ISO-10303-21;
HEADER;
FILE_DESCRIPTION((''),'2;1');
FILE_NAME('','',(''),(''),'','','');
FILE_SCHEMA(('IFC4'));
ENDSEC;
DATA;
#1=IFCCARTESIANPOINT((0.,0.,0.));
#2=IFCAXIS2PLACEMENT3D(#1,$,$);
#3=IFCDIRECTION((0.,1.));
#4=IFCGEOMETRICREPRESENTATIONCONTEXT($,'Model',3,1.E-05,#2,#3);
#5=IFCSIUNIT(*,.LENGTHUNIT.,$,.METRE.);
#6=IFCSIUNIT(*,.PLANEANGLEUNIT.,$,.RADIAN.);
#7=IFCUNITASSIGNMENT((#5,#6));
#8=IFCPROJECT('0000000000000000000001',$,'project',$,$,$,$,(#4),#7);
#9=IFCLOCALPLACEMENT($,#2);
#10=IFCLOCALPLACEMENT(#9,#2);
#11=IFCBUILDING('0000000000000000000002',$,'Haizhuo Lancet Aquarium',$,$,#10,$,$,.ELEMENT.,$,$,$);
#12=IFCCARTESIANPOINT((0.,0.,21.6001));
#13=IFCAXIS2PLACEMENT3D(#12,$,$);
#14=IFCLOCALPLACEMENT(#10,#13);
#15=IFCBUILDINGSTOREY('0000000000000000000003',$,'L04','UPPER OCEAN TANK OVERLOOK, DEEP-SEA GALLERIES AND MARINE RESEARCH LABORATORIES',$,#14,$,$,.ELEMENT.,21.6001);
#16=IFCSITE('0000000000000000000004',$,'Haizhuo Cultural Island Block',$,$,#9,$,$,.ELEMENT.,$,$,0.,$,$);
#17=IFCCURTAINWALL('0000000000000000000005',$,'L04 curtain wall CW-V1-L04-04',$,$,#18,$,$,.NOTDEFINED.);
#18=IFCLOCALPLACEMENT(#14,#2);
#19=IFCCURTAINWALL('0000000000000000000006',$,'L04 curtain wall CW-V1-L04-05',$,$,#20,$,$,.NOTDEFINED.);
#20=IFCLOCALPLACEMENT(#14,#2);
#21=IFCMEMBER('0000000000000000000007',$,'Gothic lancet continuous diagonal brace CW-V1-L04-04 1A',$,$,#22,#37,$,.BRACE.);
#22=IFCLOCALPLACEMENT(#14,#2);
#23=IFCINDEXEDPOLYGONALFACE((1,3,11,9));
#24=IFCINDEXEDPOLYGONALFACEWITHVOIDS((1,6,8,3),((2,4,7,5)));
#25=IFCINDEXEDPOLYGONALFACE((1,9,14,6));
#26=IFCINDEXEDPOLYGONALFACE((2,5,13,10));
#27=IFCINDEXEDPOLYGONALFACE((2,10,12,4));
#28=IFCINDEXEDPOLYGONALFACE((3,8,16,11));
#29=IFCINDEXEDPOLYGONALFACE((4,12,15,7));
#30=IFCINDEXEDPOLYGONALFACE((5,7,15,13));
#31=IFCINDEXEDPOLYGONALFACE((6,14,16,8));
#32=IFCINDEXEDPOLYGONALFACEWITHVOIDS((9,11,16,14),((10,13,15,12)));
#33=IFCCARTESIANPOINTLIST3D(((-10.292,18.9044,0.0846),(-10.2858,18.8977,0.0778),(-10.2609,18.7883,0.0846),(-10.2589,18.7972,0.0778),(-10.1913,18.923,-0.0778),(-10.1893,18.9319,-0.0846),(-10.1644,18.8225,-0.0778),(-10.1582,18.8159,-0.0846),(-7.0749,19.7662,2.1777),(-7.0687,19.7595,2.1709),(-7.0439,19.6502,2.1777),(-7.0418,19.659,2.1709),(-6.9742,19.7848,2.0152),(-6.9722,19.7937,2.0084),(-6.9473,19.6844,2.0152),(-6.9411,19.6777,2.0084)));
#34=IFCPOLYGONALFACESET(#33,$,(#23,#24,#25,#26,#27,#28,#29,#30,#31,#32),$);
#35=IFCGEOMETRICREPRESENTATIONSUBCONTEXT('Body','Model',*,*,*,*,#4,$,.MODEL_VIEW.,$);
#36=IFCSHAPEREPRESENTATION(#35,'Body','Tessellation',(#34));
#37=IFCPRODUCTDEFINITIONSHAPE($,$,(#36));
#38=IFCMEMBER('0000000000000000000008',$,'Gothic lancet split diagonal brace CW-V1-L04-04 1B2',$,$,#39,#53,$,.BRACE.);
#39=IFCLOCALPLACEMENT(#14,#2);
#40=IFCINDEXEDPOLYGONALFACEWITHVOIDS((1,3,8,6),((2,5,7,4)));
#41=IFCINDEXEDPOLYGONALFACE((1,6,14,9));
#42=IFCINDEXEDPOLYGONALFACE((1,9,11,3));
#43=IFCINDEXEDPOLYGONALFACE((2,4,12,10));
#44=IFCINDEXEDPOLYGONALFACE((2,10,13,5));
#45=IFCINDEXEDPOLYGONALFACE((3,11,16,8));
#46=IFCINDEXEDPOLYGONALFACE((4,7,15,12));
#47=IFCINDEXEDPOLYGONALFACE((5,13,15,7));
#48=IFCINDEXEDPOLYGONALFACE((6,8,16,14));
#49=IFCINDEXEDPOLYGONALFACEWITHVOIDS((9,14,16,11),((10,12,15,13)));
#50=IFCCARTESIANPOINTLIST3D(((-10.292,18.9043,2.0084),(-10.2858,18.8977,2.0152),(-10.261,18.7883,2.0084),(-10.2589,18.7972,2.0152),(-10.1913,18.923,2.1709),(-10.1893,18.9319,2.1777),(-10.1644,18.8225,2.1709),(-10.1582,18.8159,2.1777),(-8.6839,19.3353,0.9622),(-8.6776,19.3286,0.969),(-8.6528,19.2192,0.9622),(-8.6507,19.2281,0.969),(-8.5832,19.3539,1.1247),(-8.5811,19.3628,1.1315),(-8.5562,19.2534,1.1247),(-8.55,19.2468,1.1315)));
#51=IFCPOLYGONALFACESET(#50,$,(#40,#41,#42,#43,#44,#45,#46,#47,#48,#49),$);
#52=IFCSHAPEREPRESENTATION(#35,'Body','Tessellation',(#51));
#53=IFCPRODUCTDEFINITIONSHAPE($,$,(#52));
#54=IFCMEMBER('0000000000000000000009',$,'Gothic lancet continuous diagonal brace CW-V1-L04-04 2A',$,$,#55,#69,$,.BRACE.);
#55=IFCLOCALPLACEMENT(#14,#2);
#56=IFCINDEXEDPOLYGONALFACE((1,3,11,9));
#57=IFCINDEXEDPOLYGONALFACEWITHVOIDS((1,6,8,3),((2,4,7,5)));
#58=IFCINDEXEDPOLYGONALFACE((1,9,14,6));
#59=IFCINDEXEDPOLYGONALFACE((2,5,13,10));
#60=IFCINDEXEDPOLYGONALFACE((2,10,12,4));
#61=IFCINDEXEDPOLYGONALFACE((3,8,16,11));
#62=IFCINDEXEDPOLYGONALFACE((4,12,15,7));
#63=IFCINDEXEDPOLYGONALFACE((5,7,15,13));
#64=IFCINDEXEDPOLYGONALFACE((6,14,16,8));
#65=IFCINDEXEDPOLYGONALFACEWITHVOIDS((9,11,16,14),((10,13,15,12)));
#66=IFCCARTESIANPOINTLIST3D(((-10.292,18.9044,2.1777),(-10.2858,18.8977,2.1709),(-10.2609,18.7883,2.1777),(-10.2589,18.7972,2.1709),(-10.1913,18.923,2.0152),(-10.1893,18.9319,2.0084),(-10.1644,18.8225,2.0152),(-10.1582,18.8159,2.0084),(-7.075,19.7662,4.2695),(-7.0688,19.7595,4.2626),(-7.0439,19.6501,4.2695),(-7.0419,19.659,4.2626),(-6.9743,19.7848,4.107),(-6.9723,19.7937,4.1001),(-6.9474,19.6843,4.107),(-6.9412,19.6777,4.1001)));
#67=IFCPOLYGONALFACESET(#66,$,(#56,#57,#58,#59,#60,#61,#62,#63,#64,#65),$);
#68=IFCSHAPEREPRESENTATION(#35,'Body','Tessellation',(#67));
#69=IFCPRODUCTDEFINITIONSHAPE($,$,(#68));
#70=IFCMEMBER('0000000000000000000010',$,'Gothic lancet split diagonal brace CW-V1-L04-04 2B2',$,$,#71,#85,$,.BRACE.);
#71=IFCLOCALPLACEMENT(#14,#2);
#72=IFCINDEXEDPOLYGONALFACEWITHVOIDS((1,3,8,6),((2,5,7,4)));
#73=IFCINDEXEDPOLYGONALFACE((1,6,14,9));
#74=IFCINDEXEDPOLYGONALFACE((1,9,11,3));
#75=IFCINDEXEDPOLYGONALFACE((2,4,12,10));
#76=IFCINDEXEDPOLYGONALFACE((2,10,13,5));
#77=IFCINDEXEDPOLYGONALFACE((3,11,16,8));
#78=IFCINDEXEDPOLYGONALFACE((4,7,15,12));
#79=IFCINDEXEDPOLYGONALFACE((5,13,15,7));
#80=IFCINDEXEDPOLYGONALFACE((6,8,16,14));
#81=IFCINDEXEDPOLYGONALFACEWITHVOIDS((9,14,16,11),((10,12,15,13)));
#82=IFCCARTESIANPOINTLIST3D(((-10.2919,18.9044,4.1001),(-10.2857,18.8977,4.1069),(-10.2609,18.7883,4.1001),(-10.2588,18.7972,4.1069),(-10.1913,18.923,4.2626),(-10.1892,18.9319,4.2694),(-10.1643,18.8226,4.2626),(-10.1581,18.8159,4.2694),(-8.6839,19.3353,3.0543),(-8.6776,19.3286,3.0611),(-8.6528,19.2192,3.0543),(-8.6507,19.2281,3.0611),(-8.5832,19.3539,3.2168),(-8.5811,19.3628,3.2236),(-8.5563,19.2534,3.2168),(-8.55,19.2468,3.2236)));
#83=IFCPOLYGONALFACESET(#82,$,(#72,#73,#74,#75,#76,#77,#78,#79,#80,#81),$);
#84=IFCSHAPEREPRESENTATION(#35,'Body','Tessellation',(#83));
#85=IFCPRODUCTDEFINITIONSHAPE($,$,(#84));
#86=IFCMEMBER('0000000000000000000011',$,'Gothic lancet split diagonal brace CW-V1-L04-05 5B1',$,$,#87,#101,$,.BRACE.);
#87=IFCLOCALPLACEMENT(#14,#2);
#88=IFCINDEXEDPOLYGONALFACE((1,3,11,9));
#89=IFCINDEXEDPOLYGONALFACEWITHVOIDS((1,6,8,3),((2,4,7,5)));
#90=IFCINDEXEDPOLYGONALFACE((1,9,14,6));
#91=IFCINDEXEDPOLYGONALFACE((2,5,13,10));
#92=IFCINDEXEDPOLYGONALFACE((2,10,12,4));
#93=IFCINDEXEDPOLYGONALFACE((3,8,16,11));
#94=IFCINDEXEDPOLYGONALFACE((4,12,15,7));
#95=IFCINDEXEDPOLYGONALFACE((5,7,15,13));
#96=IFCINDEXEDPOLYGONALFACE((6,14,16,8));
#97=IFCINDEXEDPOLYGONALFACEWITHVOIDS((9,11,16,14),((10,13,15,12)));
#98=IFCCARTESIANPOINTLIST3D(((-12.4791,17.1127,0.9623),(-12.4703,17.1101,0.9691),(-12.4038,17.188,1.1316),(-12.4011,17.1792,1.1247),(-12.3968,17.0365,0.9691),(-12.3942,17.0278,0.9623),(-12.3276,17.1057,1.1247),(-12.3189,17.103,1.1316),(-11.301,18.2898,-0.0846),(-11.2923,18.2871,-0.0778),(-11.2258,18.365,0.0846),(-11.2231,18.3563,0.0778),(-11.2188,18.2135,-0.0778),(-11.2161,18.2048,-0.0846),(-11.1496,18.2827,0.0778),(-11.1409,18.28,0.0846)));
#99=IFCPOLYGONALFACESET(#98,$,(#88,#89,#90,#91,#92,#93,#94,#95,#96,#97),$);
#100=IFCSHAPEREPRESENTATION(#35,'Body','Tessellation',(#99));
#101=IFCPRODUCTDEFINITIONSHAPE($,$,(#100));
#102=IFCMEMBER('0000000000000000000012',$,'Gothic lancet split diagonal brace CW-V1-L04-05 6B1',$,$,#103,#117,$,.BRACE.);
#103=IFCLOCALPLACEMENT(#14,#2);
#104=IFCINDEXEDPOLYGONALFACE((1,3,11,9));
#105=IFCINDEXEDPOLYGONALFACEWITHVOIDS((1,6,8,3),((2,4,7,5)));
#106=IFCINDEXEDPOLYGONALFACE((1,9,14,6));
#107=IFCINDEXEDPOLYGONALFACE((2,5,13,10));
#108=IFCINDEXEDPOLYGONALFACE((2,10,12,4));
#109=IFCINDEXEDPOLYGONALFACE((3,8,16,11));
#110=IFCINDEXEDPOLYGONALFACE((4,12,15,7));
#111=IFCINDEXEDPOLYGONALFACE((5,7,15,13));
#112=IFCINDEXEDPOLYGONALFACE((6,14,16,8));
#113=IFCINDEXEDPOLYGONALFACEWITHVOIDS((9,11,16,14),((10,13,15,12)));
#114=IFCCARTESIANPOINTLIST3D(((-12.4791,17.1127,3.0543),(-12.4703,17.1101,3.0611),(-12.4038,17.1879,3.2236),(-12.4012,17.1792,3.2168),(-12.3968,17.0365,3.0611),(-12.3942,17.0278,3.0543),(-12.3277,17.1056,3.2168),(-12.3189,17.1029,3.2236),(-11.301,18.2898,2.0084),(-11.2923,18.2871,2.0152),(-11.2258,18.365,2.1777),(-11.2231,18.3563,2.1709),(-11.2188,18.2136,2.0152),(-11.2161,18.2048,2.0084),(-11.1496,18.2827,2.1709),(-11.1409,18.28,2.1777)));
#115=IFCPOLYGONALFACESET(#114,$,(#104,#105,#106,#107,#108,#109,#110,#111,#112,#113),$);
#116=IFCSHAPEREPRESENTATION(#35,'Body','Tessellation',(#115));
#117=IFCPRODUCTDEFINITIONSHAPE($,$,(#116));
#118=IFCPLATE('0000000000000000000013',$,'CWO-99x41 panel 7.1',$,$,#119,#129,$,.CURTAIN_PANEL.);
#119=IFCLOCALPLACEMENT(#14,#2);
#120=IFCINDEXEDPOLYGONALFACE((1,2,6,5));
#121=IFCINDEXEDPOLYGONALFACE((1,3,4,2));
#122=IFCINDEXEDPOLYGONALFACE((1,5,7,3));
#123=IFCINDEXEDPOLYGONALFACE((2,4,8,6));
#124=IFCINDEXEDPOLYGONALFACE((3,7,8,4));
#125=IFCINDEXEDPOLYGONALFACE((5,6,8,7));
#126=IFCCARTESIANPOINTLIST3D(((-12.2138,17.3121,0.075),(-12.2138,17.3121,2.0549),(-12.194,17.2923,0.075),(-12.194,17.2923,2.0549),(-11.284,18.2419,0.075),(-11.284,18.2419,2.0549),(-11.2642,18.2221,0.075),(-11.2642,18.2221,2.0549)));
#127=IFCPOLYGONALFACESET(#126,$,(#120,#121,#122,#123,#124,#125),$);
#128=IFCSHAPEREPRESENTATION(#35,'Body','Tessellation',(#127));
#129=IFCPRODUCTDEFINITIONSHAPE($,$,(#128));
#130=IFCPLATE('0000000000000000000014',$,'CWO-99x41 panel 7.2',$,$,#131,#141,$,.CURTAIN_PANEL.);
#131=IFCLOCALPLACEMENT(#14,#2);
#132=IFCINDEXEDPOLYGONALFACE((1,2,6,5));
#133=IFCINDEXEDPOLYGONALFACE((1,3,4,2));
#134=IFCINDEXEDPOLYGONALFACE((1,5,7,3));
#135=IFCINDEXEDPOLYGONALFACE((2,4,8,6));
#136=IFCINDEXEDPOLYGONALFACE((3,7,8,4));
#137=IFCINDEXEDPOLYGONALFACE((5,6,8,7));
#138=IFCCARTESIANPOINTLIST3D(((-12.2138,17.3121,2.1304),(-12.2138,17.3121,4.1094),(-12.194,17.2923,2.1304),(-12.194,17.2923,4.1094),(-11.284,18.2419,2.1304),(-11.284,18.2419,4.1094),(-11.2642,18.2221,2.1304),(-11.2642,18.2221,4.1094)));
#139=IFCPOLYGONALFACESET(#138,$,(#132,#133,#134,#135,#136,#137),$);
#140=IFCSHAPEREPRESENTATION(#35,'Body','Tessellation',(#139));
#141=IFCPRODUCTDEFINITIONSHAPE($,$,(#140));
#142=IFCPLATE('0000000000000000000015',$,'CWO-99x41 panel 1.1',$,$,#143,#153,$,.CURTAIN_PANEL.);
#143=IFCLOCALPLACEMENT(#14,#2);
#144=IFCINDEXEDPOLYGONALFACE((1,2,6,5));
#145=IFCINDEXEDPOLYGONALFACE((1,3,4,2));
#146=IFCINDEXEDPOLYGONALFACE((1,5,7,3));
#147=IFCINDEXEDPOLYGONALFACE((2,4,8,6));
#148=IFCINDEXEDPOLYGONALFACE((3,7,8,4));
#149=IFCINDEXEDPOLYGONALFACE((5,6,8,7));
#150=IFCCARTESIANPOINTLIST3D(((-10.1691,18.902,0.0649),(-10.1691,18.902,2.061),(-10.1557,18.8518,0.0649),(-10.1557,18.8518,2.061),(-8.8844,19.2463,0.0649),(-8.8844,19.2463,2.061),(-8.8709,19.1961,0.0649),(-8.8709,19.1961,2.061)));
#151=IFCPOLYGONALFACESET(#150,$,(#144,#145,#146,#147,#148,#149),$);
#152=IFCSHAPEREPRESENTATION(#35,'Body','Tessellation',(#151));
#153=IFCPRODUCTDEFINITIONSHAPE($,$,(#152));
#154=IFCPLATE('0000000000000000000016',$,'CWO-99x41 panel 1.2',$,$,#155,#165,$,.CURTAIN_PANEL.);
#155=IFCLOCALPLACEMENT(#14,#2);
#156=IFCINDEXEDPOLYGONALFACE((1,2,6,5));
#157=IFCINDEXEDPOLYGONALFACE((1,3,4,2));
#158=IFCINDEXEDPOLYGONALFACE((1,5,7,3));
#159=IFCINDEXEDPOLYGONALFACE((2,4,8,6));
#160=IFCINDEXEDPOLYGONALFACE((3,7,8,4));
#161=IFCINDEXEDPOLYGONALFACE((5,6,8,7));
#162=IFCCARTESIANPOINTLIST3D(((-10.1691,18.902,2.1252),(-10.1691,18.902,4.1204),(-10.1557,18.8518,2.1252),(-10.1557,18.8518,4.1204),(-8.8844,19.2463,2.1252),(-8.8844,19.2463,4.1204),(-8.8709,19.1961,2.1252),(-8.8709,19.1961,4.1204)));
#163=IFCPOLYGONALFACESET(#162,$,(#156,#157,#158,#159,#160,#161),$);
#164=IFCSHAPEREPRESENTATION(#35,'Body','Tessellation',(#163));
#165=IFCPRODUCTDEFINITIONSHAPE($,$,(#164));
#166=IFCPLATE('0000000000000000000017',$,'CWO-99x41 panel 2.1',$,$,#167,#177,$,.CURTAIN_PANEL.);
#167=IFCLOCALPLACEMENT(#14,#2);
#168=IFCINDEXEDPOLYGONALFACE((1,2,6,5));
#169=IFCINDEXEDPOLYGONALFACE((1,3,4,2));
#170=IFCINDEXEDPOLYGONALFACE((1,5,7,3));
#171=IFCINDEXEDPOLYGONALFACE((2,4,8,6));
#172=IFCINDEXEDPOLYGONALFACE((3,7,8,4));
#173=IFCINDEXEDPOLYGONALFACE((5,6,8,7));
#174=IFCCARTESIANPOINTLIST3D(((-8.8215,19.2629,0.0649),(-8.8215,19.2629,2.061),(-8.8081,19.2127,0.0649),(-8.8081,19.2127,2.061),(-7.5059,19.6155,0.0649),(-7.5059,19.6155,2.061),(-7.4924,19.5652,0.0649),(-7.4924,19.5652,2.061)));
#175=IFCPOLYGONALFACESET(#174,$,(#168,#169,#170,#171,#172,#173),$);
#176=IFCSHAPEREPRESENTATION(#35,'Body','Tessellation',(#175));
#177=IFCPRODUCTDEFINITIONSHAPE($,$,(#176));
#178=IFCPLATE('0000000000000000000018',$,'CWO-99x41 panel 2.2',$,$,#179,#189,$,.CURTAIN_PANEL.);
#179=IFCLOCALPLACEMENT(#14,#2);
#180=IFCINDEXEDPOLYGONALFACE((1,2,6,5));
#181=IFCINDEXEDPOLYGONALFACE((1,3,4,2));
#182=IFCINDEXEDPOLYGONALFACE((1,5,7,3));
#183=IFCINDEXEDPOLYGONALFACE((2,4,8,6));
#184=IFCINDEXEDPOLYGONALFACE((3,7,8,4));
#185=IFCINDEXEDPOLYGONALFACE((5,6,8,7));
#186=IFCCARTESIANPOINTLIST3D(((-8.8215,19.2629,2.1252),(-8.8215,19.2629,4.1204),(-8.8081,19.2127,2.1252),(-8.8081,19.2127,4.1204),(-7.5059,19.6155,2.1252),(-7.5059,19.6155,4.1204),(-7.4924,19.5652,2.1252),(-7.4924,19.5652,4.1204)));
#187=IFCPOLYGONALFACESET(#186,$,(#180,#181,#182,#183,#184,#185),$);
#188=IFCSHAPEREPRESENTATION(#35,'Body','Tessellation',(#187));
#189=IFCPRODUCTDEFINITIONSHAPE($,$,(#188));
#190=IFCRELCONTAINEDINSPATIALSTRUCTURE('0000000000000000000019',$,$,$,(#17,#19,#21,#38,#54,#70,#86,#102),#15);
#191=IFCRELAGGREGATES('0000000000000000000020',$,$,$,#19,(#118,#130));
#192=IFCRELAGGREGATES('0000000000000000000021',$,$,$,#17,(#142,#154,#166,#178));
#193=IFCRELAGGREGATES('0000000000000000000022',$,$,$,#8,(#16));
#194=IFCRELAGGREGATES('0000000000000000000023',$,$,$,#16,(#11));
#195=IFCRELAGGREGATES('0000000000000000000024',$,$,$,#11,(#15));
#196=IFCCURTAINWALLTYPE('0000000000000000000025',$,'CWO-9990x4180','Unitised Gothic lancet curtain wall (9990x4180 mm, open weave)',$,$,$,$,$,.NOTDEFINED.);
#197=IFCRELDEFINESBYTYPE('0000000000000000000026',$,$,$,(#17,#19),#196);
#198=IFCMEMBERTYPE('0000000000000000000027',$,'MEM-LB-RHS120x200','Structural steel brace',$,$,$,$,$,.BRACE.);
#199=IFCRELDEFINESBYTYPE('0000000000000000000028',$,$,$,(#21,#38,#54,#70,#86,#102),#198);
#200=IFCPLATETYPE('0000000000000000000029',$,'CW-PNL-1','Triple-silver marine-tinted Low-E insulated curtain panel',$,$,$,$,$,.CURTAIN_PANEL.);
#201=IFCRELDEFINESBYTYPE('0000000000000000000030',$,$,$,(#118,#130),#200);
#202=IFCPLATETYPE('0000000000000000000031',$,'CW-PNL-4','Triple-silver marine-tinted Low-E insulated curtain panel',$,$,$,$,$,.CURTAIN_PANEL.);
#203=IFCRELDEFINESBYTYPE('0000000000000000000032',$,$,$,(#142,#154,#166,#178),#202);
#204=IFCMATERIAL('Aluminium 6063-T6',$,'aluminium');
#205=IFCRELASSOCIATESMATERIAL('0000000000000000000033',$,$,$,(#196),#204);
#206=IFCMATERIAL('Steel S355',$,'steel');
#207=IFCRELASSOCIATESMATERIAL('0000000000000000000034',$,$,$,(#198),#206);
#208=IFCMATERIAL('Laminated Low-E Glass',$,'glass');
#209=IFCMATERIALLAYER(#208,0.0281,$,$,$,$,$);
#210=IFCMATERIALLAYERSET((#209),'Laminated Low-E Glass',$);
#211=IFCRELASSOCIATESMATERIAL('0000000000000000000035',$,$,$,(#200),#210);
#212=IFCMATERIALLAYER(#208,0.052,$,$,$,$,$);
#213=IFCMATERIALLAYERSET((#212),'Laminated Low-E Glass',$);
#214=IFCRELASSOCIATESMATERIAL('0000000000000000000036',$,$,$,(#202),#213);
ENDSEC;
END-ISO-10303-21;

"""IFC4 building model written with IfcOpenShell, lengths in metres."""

from ifc_helpers import new_model, si_unit, direction, frame, origin, origin_2d, place, context, subcontext, project, spatial, rectangle, hollow_rectangle, extrude, material, layer, layer_set, material_profile, profile_set, type_object, element, aggregate, save


model = new_model("IFC4")

# Units and contexts
model_context = context("Model", 3, precision=1e-05, world=origin(), true_north=direction((0.0, 1.0)))
body_context = subcontext(model_context, "Body", "Model", "MODEL_VIEW")
ifc_project = project(units=[si_unit("LENGTHUNIT", "METRE"), si_unit("PLANEANGLEUNIT", "RADIAN")], contexts=[model_context])

# Site, building, storey
site_placement = place(None, origin())
site = spatial("IfcSite", under=ifc_project, at=site_placement, Name="Haizhuo Cultural Island Block", CompositionType="ELEMENT", RefElevation=0.0)
building_placement = place(site_placement, origin())
building = spatial("IfcBuilding", under=site, at=building_placement, Name="Haizhuo Lancet Aquarium", CompositionType="ELEMENT")
storey_placement = place(building_placement, frame((0.0, 0.0, 21.6001)))
storey = spatial("IfcBuildingStorey", under=building, at=storey_placement, Name="L04", Description="UPPER OCEAN TANK OVERLOOK, DEEP-SEA GALLERIES AND MARINE RESEARCH LABORATORIES", CompositionType="ELEMENT", Elevation=21.6001)

# Curtain wall
ifc_material_1 = material(Name="Aluminium 6063-T6", Category="aluminium")
curtain_wall_type = type_object("IfcCurtainWallType", Name="CWO-9990x4180", Description="Unitised Gothic lancet curtain wall (9990x4180 mm, open weave)", PredefinedType="NOTDEFINED", material=ifc_material_1)
curtain_wall_1_placement = place(storey_placement, origin())
curtain_wall_1 = element("IfcCurtainWall", 1, at=curtain_wall_1_placement, inside=storey, type_object=curtain_wall_type, Name="L04 curtain wall CW-V1-L04-04", PredefinedType="NOTDEFINED")

# Curtain wall
curtain_wall_2_placement = place(storey_placement, origin())
curtain_wall_2 = element("IfcCurtainWall", 2, at=curtain_wall_2_placement, inside=storey, type_object=curtain_wall_type, Name="L04 curtain wall CW-V1-L04-05", PredefinedType="NOTDEFINED")

# Members
ifc_material_2 = material(Name="Steel S355", Category="steel")
ifc_material_profile_1 = material_profile(ifc_material_2, hollow_rectangle(XDim=0.1201, YDim=0.2, WallThickness=0.0081, at=origin_2d()), Name="RHS 120x200x8")
ifc_profile_set_1 = profile_set([ifc_material_profile_1], Name="Steel S355")
member_type_1 = type_object("IfcMemberType", Name="MEM-LB-RHS120x200", Description="Structural steel brace", PredefinedType="BRACE", material=ifc_profile_set_1)
member_1_placement = place(storey_placement, frame((-10.2251, 18.8601, 0.0), z_axis=(0.817847, 0.219094, 0.532094), x_axis=(-0.258767, 0.96594, 0.0)))
element("IfcMember", 3, at=member_1_placement, inside=storey, type_object=member_type_1, Name="Gothic lancet continuous diagonal brace CW-V1-L04-04 1A", PredefinedType="BRACE", context=body_context, shape_type="SweptSolid", body=[
    extrude(hollow_rectangle(XDim=0.1201, YDim=0.2, WallThickness=0.0081, at=origin_2d()), origin(), (0.0, 0.0, 1.0), 3.9336),
])
member_2_placement = place(storey_placement, frame((-8.6169, 19.291, 1.0469), z_axis=(-0.817866, -0.219149, 0.532042), x_axis=(0.258822, -0.965925, 0.0)))
element("IfcMember", 4, at=member_2_placement, inside=storey, type_object=member_type_1, Name="Gothic lancet split diagonal brace CW-V1-L04-04 1B2", PredefinedType="BRACE", context=body_context, shape_type="SweptSolid", body=[
    extrude(hollow_rectangle(XDim=0.1201, YDim=0.2, WallThickness=0.0081, at=origin_2d()), origin(), (0.0, 0.0, 1.0), 1.9663),
])
member_3_placement = place(storey_placement, frame((-10.2251, 18.8601, 2.093), z_axis=(0.817982, 0.21913, 0.531871), x_axis=(-0.258767, 0.96594, 0.0)))
element("IfcMember", 5, at=member_3_placement, inside=storey, type_object=member_type_1, Name="Gothic lancet continuous diagonal brace CW-V1-L04-04 2A", PredefinedType="BRACE", context=body_context, shape_type="SweptSolid", body=[
    extrude(hollow_rectangle(XDim=0.1201, YDim=0.2, WallThickness=0.0081, at=origin_2d()), origin(), (0.0, 0.0, 1.0), 3.9329),
])
member_4_placement = place(storey_placement, frame((-8.6169, 19.291, 3.1389), z_axis=(-0.81792, -0.219163, 0.531953), x_axis=(0.258822, -0.965925, 0.0)))
element("IfcMember", 6, at=member_4_placement, inside=storey, type_object=member_type_1, Name="Gothic lancet split diagonal brace CW-V1-L04-04 2B2", PredefinedType="BRACE", context=body_context, shape_type="SweptSolid", body=[
    extrude(hollow_rectangle(XDim=0.1201, YDim=0.2, WallThickness=0.0081, at=origin_2d()), origin(), (0.0, 0.0, 1.0), 1.9661),
])
member_5_placement = place(storey_placement, frame((-11.2209, 18.2849, 0.0), z_axis=(-0.598884, -0.598388, 0.532231), x_axis=(0.706813, -0.7074, 0.0)))
element("IfcMember", 7, at=member_5_placement, inside=storey, type_object=member_type_1, Name="Gothic lancet split diagonal brace CW-V1-L04-05 5B1", PredefinedType="BRACE", context=body_context, shape_type="SweptSolid", body=[
    extrude(hollow_rectangle(XDim=0.1201, YDim=0.2, WallThickness=0.0081, at=origin_2d()), origin(), (0.0, 0.0, 1.0), 1.967),
])
member_6_placement = place(storey_placement, frame((-11.2209, 18.2849, 2.093), z_axis=(-0.599042, -0.598546, 0.531875), x_axis=(0.706813, -0.7074, 0.0)))
element("IfcMember", 8, at=member_6_placement, inside=storey, type_object=member_type_1, Name="Gothic lancet split diagonal brace CW-V1-L04-05 6B1", PredefinedType="BRACE", context=body_context, shape_type="SweptSolid", body=[
    extrude(hollow_rectangle(XDim=0.1201, YDim=0.2, WallThickness=0.0081, at=origin_2d()), origin(), (0.0, 0.0, 1.0), 1.9666),
])

# Plates
ifc_material_3 = material(Name="Laminated Low-E Glass", Category="glass")
ifc_layer_1 = layer(ifc_material_3, 0.0281)
ifc_layer_set_1 = layer_set([ifc_layer_1], Name="Laminated Low-E Glass")
plate_type_1 = type_object("IfcPlateType", Name="CW-PNL-1", Description="Triple-silver marine-tinted Low-E insulated curtain panel", PredefinedType="CURTAIN_PANEL", material=ifc_layer_set_1)
plate_1_placement = place(storey_placement, frame((-11.739, 17.7671, 0.075), z_axis=(0.0, 0.0, 1.0), x_axis=(0.707107, 0.707107, 0.0)))
plate_1 = element("IfcPlate", 9, at=plate_1_placement, type_object=plate_type_1, Name="CWO-99x41 panel 7.1", PredefinedType="CURTAIN_PANEL", context=body_context, shape_type="SweptSolid", body=[
    extrude(rectangle(XDim=1.3149, YDim=0.0281, at=origin_2d()), origin(), (0.0, 0.0, 1.0), 1.98),
])
plate_2_placement = place(storey_placement, frame((-11.739, 17.7671, 2.1304), z_axis=(0.0, 0.0, 1.0), x_axis=(0.707107, 0.707107, 0.0)))
plate_2 = element("IfcPlate", 10, at=plate_2_placement, type_object=plate_type_1, Name="CWO-99x41 panel 7.2", PredefinedType="CURTAIN_PANEL", context=body_context, shape_type="SweptSolid", body=[
    extrude(rectangle(XDim=1.3149, YDim=0.0281, at=origin_2d()), origin(), (0.0, 0.0, 1.0), 1.979),
])
aggregate(curtain_wall_2, [plate_1, plate_2])
ifc_layer_2 = layer(ifc_material_3, 0.052)
ifc_layer_set_2 = layer_set([ifc_layer_2], Name="Laminated Low-E Glass")
plate_type_2 = type_object("IfcPlateType", Name="CW-PNL-4", Description="Triple-silver marine-tinted Low-E insulated curtain panel", PredefinedType="CURTAIN_PANEL", material=ifc_layer_set_2)
plate_3_placement = place(storey_placement, frame((-9.52, 19.0491, 0.0649), z_axis=(0.0, 0.0, 1.0), x_axis=(0.965917, 0.258853, 0.0)))
plate_3 = element("IfcPlate", 11, at=plate_3_placement, type_object=plate_type_2, Name="CWO-99x41 panel 1.1", PredefinedType="CURTAIN_PANEL", context=body_context, shape_type="SweptSolid", body=[
    extrude(rectangle(XDim=1.3301, YDim=0.052, at=origin_2d()), origin(), (0.0, 0.0, 1.0), 1.9961),
])
plate_4_placement = place(storey_placement, frame((-9.52, 19.0491, 2.1252), z_axis=(0.0, 0.0, 1.0), x_axis=(0.965917, 0.258853, 0.0)))
plate_4 = element("IfcPlate", 12, at=plate_4_placement, type_object=plate_type_2, Name="CWO-99x41 panel 1.2", PredefinedType="CURTAIN_PANEL", context=body_context, shape_type="SweptSolid", body=[
    extrude(rectangle(XDim=1.3301, YDim=0.052, at=origin_2d()), origin(), (0.0, 0.0, 1.0), 1.9951),
])
plate_5_placement = place(storey_placement, frame((-8.157, 19.4141, 0.0649), z_axis=(0.0, 0.0, 1.0), x_axis=(0.965917, 0.258853, 0.0)))
plate_5 = element("IfcPlate", 13, at=plate_5_placement, type_object=plate_type_2, Name="CWO-99x41 panel 2.1", PredefinedType="CURTAIN_PANEL", context=body_context, shape_type="SweptSolid", body=[
    extrude(rectangle(XDim=1.3621, YDim=0.052, at=origin_2d()), origin(), (0.0, 0.0, 1.0), 1.9961),
])
plate_6_placement = place(storey_placement, frame((-8.157, 19.4141, 2.1252), z_axis=(0.0, 0.0, 1.0), x_axis=(0.965917, 0.258853, 0.0)))
plate_6 = element("IfcPlate", 14, at=plate_6_placement, type_object=plate_type_2, Name="CWO-99x41 panel 2.2", PredefinedType="CURTAIN_PANEL", context=body_context, shape_type="SweptSolid", body=[
    extrude(rectangle(XDim=1.3621, YDim=0.052, at=origin_2d()), origin(), (0.0, 0.0, 1.0), 1.9951),
])
aggregate(curtain_wall_1, [plate_3, plate_4, plate_5, plate_6])

save(model, "model.ifc")
